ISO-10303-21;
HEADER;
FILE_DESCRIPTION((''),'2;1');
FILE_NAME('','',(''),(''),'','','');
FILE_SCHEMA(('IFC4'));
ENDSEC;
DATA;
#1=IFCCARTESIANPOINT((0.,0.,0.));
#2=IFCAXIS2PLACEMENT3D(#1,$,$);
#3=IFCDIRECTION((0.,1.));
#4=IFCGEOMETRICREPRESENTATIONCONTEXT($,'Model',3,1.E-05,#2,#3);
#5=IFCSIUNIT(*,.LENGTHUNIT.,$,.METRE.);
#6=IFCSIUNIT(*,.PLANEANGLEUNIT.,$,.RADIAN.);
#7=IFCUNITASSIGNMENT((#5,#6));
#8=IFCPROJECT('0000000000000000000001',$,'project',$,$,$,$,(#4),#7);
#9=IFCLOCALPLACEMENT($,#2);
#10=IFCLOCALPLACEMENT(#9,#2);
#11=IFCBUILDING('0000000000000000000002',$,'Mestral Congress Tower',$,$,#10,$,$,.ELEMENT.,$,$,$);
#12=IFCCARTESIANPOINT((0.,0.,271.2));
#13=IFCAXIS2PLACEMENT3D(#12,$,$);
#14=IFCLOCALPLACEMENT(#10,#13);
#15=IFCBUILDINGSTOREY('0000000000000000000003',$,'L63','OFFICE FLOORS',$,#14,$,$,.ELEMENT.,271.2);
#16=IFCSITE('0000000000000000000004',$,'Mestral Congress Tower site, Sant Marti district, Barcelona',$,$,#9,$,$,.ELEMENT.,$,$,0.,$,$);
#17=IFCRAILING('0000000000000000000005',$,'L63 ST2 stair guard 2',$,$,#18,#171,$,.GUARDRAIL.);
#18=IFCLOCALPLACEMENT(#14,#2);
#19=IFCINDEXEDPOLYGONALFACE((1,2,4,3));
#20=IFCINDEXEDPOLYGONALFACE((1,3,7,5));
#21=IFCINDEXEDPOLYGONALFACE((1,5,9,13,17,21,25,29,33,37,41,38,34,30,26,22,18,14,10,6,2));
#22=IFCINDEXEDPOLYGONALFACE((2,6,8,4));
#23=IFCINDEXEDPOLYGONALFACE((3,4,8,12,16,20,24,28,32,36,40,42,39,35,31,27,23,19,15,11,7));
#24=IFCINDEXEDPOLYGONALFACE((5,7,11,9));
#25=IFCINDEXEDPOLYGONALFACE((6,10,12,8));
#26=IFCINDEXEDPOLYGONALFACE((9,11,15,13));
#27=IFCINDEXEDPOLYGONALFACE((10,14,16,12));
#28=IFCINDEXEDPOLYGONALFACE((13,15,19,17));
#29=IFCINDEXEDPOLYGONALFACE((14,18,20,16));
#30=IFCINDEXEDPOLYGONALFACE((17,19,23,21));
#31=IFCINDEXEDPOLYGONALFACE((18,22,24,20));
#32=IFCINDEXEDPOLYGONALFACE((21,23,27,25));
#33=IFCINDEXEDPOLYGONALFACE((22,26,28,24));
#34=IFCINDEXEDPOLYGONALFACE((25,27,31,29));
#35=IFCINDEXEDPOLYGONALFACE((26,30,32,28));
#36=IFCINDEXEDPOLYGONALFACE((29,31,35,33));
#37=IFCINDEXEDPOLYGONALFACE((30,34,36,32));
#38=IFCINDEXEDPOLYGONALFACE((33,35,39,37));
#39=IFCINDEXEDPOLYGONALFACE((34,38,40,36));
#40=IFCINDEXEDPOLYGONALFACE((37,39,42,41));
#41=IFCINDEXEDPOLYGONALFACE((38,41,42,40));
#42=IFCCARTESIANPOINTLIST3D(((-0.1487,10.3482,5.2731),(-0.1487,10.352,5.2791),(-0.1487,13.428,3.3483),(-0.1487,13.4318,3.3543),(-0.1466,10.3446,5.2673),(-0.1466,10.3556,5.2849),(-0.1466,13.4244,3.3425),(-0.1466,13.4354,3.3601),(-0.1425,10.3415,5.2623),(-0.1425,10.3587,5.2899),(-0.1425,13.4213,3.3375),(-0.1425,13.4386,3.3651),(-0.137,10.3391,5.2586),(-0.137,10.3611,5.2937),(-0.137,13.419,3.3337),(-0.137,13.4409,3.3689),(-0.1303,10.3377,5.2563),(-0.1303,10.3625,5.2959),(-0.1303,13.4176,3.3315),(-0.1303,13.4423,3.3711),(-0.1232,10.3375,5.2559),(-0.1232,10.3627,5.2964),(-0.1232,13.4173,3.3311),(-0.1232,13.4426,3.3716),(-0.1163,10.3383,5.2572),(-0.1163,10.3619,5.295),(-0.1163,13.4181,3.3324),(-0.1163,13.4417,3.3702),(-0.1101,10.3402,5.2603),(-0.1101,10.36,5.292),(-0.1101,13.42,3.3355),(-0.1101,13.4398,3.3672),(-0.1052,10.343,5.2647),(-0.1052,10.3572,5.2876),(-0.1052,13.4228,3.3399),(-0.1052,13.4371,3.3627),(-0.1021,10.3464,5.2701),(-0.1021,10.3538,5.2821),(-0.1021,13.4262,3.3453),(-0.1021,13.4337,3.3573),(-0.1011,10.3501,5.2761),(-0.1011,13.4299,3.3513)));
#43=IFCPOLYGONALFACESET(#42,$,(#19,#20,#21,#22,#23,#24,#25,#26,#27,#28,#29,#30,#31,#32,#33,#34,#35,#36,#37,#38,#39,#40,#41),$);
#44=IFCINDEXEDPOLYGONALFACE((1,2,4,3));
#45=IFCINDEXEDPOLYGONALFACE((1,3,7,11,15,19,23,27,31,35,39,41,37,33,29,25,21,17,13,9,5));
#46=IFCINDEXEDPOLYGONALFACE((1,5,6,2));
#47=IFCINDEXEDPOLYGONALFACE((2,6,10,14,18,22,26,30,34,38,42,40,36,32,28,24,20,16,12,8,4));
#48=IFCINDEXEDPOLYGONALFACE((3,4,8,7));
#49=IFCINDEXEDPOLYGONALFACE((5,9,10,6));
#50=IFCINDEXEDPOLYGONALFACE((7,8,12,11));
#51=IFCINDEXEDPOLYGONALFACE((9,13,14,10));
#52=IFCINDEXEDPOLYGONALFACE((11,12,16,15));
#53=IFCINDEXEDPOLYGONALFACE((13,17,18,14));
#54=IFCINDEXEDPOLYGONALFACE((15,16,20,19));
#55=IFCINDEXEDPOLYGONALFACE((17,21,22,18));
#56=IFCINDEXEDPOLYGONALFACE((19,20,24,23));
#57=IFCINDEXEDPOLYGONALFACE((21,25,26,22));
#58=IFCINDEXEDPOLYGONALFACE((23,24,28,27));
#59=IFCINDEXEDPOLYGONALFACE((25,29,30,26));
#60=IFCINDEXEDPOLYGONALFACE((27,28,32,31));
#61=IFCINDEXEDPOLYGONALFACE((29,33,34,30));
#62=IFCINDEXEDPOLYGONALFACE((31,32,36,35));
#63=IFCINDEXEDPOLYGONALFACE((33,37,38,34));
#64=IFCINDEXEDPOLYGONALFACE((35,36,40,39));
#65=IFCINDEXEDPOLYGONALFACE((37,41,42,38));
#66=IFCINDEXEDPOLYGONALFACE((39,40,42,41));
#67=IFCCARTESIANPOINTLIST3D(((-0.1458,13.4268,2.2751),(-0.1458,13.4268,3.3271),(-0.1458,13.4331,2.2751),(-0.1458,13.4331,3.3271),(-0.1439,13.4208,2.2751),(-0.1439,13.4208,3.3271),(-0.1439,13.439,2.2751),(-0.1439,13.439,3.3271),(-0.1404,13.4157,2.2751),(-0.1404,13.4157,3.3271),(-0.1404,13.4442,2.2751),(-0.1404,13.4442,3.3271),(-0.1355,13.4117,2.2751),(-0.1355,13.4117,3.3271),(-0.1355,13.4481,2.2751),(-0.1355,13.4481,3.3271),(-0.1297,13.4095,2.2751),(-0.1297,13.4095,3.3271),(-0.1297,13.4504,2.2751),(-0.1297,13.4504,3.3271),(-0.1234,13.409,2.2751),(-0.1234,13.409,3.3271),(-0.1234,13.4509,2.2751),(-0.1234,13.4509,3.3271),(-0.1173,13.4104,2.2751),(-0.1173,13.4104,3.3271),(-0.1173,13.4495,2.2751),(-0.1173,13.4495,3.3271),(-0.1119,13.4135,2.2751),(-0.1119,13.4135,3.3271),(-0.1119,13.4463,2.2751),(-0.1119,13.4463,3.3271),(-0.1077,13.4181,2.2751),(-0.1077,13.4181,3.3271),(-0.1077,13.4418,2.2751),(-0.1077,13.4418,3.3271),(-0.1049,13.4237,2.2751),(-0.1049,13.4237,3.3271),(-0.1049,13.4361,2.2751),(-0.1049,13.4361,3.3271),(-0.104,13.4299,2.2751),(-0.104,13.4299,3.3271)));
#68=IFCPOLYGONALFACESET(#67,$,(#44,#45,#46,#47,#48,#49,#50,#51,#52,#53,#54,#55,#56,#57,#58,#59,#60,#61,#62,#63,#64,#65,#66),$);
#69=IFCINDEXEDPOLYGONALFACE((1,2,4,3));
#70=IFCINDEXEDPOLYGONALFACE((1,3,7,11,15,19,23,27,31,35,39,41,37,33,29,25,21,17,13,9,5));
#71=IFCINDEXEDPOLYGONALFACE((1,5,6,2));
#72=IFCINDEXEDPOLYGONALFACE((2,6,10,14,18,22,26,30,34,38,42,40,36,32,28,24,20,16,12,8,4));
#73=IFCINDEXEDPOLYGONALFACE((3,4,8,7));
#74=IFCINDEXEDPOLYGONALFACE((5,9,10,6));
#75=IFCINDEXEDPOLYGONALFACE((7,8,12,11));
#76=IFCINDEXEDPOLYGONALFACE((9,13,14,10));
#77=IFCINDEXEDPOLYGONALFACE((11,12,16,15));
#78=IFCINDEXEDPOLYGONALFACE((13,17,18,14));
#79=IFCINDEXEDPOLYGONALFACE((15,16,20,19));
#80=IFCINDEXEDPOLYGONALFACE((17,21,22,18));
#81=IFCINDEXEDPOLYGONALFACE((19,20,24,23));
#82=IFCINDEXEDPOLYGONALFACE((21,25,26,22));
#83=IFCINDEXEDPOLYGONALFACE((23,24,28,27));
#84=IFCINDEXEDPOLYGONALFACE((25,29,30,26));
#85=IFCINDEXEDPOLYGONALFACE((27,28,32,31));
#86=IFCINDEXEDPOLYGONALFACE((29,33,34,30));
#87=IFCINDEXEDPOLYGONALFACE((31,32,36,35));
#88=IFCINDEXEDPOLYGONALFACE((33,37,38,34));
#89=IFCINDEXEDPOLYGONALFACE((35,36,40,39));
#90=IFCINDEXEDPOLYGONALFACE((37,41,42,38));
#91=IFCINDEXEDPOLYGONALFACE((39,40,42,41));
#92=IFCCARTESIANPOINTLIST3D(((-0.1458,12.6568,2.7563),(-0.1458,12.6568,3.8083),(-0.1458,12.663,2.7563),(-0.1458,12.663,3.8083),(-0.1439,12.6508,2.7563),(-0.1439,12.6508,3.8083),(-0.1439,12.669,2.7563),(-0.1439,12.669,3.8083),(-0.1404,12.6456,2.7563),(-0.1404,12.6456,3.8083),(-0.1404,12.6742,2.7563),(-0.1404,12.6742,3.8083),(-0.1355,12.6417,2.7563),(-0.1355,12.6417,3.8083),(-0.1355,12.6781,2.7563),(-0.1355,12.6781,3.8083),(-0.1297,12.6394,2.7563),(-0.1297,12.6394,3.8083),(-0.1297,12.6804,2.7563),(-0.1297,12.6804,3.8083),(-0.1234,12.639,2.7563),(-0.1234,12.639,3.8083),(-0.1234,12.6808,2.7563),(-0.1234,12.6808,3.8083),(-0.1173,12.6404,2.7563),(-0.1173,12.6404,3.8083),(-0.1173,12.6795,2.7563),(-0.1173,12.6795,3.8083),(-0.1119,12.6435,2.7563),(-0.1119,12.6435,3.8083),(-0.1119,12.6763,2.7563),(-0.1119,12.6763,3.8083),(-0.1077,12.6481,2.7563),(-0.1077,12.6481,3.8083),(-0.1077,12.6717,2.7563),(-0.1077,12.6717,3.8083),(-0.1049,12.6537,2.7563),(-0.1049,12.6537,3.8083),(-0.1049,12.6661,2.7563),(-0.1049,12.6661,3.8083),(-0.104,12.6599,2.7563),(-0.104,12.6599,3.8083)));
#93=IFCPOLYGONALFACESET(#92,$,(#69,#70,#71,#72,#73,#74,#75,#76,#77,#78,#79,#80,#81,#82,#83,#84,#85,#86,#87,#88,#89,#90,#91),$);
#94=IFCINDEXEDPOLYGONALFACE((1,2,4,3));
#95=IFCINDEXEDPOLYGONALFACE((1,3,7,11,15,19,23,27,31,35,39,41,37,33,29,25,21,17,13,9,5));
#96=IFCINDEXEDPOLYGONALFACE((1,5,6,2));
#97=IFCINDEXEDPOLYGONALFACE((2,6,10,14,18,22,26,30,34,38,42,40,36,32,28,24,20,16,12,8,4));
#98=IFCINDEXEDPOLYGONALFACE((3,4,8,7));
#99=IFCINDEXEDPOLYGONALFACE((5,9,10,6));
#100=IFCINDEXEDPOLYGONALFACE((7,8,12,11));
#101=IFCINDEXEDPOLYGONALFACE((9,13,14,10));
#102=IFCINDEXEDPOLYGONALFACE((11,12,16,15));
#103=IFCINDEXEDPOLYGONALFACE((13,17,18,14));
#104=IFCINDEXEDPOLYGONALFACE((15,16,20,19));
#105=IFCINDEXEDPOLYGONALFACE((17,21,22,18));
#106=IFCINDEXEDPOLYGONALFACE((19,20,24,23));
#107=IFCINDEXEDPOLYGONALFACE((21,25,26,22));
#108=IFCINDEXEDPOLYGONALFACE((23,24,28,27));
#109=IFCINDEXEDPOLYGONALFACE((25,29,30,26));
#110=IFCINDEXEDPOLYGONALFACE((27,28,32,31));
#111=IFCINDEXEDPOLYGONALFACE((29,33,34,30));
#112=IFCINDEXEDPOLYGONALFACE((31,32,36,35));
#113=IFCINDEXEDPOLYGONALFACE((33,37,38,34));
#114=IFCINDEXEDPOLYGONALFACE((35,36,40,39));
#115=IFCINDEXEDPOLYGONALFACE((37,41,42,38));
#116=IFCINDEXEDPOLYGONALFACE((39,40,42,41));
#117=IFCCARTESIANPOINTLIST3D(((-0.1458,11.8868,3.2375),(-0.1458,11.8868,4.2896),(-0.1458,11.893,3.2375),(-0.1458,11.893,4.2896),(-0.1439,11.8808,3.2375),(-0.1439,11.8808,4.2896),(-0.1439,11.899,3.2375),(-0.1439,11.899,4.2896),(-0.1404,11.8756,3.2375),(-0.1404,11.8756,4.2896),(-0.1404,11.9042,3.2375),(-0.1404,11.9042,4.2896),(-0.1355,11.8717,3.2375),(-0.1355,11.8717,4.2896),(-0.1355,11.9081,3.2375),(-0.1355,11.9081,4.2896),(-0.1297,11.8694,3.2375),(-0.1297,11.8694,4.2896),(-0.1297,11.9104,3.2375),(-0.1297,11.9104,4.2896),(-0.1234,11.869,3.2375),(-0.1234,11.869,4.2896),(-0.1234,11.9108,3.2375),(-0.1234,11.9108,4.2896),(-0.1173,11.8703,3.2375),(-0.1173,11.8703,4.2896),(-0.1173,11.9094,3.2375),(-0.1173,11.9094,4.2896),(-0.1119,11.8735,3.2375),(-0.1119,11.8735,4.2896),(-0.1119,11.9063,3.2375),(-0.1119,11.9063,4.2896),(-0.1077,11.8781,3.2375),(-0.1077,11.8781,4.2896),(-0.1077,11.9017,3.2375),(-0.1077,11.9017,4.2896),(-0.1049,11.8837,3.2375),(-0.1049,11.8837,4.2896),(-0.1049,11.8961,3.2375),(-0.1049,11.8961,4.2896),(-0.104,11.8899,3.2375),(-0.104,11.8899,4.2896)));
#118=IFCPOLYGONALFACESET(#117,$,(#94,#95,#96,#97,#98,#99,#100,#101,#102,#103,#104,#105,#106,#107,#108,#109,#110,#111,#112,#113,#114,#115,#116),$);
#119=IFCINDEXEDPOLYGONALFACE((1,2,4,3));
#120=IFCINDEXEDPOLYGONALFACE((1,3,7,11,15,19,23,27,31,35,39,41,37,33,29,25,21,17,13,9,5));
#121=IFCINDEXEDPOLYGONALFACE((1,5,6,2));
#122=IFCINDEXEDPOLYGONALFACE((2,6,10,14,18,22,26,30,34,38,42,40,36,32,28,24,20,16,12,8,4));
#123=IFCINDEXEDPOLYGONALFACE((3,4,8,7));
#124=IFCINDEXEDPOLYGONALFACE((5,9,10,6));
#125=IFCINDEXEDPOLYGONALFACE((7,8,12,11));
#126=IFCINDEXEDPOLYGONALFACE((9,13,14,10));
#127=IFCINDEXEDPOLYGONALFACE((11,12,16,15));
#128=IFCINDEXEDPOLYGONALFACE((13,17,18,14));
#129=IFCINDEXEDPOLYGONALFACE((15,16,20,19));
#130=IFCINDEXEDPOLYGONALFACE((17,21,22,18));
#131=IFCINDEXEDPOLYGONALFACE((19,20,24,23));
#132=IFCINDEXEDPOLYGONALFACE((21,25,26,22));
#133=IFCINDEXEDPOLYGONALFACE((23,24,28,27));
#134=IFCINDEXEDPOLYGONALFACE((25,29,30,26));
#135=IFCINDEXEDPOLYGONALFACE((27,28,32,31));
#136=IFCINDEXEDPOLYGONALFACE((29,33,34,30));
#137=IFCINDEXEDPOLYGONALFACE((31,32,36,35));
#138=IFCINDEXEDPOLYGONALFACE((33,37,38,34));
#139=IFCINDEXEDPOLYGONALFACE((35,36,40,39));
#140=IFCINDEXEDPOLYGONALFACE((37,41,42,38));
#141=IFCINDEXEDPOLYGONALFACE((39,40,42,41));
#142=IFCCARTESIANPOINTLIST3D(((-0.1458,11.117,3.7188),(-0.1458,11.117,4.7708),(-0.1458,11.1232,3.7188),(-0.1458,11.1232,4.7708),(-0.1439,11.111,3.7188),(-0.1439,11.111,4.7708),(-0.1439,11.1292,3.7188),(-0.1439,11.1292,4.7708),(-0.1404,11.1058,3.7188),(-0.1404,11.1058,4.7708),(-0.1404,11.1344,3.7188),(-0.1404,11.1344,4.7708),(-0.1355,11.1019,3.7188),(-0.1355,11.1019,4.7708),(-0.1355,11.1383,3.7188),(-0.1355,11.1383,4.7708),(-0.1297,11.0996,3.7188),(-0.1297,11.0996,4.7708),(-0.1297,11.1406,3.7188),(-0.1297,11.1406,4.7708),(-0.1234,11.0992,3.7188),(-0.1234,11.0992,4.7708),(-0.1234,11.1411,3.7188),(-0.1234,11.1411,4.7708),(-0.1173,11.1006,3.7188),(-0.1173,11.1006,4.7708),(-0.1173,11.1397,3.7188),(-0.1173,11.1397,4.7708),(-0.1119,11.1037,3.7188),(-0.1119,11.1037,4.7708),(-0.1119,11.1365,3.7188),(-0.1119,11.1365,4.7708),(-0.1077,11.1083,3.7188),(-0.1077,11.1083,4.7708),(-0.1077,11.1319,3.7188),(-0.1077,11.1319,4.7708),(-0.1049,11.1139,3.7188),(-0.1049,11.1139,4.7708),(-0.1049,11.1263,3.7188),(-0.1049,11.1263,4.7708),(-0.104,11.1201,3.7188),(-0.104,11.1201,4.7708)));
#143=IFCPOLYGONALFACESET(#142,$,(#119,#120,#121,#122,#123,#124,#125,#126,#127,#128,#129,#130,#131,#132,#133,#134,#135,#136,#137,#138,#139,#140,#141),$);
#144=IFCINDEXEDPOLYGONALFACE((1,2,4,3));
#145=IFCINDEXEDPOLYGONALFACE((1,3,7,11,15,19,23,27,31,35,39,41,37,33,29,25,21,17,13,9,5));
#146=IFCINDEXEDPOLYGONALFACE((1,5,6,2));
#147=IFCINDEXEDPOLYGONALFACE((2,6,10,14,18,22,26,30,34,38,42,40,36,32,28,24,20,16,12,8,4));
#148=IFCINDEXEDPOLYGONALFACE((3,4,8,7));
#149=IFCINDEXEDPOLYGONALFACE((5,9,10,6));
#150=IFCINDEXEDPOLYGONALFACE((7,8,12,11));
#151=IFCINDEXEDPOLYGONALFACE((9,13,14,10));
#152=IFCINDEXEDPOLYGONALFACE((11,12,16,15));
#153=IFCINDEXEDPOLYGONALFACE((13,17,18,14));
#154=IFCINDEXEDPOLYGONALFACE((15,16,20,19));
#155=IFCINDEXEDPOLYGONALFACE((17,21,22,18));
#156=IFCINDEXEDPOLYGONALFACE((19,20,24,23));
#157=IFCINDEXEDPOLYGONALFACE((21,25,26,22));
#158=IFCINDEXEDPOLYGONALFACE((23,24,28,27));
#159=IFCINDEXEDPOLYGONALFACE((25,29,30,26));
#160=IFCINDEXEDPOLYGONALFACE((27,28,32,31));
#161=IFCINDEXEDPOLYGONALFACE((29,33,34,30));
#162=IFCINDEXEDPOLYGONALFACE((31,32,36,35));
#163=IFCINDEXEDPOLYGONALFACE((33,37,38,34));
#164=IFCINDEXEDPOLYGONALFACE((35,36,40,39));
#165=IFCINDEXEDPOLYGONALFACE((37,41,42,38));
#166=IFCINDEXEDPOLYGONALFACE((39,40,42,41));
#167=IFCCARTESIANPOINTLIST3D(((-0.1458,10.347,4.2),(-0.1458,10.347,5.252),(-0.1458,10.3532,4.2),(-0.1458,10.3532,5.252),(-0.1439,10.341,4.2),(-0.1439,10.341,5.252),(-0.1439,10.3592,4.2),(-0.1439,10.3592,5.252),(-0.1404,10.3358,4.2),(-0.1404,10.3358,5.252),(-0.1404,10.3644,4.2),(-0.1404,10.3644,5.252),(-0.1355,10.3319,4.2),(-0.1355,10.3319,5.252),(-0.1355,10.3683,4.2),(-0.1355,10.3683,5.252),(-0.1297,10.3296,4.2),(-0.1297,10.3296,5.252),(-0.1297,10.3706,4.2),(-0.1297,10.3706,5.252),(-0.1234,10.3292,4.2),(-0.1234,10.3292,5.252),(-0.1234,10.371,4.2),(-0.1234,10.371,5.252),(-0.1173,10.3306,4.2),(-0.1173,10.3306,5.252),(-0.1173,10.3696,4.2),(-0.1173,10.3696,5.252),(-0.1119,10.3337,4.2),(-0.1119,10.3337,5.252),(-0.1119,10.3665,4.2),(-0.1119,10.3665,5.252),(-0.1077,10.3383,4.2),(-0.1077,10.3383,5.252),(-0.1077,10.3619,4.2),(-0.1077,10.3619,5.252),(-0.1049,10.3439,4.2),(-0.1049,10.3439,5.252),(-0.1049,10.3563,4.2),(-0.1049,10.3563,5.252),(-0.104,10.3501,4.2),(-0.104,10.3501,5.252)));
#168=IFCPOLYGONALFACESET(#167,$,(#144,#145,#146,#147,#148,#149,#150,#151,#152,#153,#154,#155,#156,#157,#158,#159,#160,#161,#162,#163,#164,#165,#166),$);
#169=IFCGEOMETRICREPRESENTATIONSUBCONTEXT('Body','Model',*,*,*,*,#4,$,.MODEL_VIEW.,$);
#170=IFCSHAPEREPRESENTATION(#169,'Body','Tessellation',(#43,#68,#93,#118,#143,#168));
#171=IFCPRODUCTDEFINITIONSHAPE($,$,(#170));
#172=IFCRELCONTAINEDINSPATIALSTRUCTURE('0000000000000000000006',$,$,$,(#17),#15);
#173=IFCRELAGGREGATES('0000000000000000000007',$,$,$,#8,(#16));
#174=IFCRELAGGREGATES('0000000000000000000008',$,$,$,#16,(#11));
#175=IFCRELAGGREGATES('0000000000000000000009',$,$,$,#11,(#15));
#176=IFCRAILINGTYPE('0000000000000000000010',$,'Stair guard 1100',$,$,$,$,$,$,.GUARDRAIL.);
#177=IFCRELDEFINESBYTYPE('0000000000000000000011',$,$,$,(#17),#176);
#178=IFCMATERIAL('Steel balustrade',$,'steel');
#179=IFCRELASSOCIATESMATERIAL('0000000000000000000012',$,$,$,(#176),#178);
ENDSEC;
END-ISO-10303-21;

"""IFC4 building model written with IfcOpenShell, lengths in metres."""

from ifc_helpers import new_model, si_unit, direction, frame, origin, origin_2d, place, context, subcontext, project, spatial, circle, extrude, material, type_object, element, save


model = new_model("IFC4")

# Units and contexts
model_context = context("Model", 3, precision=1e-05, world=origin(), true_north=direction((0.0, 1.0)))
body_context = subcontext(model_context, "Body", "Model", "MODEL_VIEW")
ifc_project = project(units=[si_unit("LENGTHUNIT", "METRE"), si_unit("PLANEANGLEUNIT", "RADIAN")], contexts=[model_context])

# Site, building, storey
site_placement = place(None, origin())
site = spatial("IfcSite", under=ifc_project, at=site_placement, Name="Mestral Congress Tower site, Sant Marti district, Barcelona", CompositionType="ELEMENT", RefElevation=0.0)
building_placement = place(site_placement, origin())
building = spatial("IfcBuilding", under=site, at=building_placement, Name="Mestral Congress Tower", CompositionType="ELEMENT")
storey_placement = place(building_placement, frame((0.0, 0.0, 271.2)))
storey = spatial("IfcBuildingStorey", under=building, at=storey_placement, Name="L63", Description="OFFICE FLOORS", CompositionType="ELEMENT", Elevation=271.2)

# Railing
ifc_material_1 = material(Name="Steel balustrade", Category="steel")
railing_type = type_object("IfcRailingType", Name="Stair guard 1100", PredefinedType="GUARDRAIL", material=ifc_material_1)
railing_placement = place(storey_placement, frame((-0.125, 13.4299, 2.2751)))
element("IfcRailing", 1, at=railing_placement, inside=storey, type_object=railing_type, Name="L63 ST2 stair guard 2", PredefinedType="GUARDRAIL", context=body_context, shape_type="SweptSolid", body=[
    extrude(circle(Radius=0.0239, at=origin_2d()), frame((0.0, 0.0, 1.0762), z_axis=(0.0, -0.84801, 0.529981), x_axis=(1.0, 0.0, 0.0)), (0.0, 0.0, 1.0), 3.6318),
    extrude(circle(Radius=0.021, at=origin_2d()), origin(), (0.0, 0.0, 1.0), 1.052),
    extrude(circle(Radius=0.021, at=origin_2d()), frame((0.0, -0.77, 0.4812)), (0.0, 0.0, 1.0), 1.052),
    extrude(circle(Radius=0.021, at=origin_2d()), frame((0.0, -1.54, 0.9624)), (0.0, 0.0, 1.0), 1.052),
    extrude(circle(Radius=0.021, at=origin_2d()), frame((0.0, -2.3098, 1.4436)), (0.0, 0.0, 1.0), 1.052),
    extrude(circle(Radius=0.021, at=origin_2d()), frame((0.0, -3.0798, 1.9248)), (0.0, 0.0, 1.0), 1.052),
])

save(model, "model.ifc")
